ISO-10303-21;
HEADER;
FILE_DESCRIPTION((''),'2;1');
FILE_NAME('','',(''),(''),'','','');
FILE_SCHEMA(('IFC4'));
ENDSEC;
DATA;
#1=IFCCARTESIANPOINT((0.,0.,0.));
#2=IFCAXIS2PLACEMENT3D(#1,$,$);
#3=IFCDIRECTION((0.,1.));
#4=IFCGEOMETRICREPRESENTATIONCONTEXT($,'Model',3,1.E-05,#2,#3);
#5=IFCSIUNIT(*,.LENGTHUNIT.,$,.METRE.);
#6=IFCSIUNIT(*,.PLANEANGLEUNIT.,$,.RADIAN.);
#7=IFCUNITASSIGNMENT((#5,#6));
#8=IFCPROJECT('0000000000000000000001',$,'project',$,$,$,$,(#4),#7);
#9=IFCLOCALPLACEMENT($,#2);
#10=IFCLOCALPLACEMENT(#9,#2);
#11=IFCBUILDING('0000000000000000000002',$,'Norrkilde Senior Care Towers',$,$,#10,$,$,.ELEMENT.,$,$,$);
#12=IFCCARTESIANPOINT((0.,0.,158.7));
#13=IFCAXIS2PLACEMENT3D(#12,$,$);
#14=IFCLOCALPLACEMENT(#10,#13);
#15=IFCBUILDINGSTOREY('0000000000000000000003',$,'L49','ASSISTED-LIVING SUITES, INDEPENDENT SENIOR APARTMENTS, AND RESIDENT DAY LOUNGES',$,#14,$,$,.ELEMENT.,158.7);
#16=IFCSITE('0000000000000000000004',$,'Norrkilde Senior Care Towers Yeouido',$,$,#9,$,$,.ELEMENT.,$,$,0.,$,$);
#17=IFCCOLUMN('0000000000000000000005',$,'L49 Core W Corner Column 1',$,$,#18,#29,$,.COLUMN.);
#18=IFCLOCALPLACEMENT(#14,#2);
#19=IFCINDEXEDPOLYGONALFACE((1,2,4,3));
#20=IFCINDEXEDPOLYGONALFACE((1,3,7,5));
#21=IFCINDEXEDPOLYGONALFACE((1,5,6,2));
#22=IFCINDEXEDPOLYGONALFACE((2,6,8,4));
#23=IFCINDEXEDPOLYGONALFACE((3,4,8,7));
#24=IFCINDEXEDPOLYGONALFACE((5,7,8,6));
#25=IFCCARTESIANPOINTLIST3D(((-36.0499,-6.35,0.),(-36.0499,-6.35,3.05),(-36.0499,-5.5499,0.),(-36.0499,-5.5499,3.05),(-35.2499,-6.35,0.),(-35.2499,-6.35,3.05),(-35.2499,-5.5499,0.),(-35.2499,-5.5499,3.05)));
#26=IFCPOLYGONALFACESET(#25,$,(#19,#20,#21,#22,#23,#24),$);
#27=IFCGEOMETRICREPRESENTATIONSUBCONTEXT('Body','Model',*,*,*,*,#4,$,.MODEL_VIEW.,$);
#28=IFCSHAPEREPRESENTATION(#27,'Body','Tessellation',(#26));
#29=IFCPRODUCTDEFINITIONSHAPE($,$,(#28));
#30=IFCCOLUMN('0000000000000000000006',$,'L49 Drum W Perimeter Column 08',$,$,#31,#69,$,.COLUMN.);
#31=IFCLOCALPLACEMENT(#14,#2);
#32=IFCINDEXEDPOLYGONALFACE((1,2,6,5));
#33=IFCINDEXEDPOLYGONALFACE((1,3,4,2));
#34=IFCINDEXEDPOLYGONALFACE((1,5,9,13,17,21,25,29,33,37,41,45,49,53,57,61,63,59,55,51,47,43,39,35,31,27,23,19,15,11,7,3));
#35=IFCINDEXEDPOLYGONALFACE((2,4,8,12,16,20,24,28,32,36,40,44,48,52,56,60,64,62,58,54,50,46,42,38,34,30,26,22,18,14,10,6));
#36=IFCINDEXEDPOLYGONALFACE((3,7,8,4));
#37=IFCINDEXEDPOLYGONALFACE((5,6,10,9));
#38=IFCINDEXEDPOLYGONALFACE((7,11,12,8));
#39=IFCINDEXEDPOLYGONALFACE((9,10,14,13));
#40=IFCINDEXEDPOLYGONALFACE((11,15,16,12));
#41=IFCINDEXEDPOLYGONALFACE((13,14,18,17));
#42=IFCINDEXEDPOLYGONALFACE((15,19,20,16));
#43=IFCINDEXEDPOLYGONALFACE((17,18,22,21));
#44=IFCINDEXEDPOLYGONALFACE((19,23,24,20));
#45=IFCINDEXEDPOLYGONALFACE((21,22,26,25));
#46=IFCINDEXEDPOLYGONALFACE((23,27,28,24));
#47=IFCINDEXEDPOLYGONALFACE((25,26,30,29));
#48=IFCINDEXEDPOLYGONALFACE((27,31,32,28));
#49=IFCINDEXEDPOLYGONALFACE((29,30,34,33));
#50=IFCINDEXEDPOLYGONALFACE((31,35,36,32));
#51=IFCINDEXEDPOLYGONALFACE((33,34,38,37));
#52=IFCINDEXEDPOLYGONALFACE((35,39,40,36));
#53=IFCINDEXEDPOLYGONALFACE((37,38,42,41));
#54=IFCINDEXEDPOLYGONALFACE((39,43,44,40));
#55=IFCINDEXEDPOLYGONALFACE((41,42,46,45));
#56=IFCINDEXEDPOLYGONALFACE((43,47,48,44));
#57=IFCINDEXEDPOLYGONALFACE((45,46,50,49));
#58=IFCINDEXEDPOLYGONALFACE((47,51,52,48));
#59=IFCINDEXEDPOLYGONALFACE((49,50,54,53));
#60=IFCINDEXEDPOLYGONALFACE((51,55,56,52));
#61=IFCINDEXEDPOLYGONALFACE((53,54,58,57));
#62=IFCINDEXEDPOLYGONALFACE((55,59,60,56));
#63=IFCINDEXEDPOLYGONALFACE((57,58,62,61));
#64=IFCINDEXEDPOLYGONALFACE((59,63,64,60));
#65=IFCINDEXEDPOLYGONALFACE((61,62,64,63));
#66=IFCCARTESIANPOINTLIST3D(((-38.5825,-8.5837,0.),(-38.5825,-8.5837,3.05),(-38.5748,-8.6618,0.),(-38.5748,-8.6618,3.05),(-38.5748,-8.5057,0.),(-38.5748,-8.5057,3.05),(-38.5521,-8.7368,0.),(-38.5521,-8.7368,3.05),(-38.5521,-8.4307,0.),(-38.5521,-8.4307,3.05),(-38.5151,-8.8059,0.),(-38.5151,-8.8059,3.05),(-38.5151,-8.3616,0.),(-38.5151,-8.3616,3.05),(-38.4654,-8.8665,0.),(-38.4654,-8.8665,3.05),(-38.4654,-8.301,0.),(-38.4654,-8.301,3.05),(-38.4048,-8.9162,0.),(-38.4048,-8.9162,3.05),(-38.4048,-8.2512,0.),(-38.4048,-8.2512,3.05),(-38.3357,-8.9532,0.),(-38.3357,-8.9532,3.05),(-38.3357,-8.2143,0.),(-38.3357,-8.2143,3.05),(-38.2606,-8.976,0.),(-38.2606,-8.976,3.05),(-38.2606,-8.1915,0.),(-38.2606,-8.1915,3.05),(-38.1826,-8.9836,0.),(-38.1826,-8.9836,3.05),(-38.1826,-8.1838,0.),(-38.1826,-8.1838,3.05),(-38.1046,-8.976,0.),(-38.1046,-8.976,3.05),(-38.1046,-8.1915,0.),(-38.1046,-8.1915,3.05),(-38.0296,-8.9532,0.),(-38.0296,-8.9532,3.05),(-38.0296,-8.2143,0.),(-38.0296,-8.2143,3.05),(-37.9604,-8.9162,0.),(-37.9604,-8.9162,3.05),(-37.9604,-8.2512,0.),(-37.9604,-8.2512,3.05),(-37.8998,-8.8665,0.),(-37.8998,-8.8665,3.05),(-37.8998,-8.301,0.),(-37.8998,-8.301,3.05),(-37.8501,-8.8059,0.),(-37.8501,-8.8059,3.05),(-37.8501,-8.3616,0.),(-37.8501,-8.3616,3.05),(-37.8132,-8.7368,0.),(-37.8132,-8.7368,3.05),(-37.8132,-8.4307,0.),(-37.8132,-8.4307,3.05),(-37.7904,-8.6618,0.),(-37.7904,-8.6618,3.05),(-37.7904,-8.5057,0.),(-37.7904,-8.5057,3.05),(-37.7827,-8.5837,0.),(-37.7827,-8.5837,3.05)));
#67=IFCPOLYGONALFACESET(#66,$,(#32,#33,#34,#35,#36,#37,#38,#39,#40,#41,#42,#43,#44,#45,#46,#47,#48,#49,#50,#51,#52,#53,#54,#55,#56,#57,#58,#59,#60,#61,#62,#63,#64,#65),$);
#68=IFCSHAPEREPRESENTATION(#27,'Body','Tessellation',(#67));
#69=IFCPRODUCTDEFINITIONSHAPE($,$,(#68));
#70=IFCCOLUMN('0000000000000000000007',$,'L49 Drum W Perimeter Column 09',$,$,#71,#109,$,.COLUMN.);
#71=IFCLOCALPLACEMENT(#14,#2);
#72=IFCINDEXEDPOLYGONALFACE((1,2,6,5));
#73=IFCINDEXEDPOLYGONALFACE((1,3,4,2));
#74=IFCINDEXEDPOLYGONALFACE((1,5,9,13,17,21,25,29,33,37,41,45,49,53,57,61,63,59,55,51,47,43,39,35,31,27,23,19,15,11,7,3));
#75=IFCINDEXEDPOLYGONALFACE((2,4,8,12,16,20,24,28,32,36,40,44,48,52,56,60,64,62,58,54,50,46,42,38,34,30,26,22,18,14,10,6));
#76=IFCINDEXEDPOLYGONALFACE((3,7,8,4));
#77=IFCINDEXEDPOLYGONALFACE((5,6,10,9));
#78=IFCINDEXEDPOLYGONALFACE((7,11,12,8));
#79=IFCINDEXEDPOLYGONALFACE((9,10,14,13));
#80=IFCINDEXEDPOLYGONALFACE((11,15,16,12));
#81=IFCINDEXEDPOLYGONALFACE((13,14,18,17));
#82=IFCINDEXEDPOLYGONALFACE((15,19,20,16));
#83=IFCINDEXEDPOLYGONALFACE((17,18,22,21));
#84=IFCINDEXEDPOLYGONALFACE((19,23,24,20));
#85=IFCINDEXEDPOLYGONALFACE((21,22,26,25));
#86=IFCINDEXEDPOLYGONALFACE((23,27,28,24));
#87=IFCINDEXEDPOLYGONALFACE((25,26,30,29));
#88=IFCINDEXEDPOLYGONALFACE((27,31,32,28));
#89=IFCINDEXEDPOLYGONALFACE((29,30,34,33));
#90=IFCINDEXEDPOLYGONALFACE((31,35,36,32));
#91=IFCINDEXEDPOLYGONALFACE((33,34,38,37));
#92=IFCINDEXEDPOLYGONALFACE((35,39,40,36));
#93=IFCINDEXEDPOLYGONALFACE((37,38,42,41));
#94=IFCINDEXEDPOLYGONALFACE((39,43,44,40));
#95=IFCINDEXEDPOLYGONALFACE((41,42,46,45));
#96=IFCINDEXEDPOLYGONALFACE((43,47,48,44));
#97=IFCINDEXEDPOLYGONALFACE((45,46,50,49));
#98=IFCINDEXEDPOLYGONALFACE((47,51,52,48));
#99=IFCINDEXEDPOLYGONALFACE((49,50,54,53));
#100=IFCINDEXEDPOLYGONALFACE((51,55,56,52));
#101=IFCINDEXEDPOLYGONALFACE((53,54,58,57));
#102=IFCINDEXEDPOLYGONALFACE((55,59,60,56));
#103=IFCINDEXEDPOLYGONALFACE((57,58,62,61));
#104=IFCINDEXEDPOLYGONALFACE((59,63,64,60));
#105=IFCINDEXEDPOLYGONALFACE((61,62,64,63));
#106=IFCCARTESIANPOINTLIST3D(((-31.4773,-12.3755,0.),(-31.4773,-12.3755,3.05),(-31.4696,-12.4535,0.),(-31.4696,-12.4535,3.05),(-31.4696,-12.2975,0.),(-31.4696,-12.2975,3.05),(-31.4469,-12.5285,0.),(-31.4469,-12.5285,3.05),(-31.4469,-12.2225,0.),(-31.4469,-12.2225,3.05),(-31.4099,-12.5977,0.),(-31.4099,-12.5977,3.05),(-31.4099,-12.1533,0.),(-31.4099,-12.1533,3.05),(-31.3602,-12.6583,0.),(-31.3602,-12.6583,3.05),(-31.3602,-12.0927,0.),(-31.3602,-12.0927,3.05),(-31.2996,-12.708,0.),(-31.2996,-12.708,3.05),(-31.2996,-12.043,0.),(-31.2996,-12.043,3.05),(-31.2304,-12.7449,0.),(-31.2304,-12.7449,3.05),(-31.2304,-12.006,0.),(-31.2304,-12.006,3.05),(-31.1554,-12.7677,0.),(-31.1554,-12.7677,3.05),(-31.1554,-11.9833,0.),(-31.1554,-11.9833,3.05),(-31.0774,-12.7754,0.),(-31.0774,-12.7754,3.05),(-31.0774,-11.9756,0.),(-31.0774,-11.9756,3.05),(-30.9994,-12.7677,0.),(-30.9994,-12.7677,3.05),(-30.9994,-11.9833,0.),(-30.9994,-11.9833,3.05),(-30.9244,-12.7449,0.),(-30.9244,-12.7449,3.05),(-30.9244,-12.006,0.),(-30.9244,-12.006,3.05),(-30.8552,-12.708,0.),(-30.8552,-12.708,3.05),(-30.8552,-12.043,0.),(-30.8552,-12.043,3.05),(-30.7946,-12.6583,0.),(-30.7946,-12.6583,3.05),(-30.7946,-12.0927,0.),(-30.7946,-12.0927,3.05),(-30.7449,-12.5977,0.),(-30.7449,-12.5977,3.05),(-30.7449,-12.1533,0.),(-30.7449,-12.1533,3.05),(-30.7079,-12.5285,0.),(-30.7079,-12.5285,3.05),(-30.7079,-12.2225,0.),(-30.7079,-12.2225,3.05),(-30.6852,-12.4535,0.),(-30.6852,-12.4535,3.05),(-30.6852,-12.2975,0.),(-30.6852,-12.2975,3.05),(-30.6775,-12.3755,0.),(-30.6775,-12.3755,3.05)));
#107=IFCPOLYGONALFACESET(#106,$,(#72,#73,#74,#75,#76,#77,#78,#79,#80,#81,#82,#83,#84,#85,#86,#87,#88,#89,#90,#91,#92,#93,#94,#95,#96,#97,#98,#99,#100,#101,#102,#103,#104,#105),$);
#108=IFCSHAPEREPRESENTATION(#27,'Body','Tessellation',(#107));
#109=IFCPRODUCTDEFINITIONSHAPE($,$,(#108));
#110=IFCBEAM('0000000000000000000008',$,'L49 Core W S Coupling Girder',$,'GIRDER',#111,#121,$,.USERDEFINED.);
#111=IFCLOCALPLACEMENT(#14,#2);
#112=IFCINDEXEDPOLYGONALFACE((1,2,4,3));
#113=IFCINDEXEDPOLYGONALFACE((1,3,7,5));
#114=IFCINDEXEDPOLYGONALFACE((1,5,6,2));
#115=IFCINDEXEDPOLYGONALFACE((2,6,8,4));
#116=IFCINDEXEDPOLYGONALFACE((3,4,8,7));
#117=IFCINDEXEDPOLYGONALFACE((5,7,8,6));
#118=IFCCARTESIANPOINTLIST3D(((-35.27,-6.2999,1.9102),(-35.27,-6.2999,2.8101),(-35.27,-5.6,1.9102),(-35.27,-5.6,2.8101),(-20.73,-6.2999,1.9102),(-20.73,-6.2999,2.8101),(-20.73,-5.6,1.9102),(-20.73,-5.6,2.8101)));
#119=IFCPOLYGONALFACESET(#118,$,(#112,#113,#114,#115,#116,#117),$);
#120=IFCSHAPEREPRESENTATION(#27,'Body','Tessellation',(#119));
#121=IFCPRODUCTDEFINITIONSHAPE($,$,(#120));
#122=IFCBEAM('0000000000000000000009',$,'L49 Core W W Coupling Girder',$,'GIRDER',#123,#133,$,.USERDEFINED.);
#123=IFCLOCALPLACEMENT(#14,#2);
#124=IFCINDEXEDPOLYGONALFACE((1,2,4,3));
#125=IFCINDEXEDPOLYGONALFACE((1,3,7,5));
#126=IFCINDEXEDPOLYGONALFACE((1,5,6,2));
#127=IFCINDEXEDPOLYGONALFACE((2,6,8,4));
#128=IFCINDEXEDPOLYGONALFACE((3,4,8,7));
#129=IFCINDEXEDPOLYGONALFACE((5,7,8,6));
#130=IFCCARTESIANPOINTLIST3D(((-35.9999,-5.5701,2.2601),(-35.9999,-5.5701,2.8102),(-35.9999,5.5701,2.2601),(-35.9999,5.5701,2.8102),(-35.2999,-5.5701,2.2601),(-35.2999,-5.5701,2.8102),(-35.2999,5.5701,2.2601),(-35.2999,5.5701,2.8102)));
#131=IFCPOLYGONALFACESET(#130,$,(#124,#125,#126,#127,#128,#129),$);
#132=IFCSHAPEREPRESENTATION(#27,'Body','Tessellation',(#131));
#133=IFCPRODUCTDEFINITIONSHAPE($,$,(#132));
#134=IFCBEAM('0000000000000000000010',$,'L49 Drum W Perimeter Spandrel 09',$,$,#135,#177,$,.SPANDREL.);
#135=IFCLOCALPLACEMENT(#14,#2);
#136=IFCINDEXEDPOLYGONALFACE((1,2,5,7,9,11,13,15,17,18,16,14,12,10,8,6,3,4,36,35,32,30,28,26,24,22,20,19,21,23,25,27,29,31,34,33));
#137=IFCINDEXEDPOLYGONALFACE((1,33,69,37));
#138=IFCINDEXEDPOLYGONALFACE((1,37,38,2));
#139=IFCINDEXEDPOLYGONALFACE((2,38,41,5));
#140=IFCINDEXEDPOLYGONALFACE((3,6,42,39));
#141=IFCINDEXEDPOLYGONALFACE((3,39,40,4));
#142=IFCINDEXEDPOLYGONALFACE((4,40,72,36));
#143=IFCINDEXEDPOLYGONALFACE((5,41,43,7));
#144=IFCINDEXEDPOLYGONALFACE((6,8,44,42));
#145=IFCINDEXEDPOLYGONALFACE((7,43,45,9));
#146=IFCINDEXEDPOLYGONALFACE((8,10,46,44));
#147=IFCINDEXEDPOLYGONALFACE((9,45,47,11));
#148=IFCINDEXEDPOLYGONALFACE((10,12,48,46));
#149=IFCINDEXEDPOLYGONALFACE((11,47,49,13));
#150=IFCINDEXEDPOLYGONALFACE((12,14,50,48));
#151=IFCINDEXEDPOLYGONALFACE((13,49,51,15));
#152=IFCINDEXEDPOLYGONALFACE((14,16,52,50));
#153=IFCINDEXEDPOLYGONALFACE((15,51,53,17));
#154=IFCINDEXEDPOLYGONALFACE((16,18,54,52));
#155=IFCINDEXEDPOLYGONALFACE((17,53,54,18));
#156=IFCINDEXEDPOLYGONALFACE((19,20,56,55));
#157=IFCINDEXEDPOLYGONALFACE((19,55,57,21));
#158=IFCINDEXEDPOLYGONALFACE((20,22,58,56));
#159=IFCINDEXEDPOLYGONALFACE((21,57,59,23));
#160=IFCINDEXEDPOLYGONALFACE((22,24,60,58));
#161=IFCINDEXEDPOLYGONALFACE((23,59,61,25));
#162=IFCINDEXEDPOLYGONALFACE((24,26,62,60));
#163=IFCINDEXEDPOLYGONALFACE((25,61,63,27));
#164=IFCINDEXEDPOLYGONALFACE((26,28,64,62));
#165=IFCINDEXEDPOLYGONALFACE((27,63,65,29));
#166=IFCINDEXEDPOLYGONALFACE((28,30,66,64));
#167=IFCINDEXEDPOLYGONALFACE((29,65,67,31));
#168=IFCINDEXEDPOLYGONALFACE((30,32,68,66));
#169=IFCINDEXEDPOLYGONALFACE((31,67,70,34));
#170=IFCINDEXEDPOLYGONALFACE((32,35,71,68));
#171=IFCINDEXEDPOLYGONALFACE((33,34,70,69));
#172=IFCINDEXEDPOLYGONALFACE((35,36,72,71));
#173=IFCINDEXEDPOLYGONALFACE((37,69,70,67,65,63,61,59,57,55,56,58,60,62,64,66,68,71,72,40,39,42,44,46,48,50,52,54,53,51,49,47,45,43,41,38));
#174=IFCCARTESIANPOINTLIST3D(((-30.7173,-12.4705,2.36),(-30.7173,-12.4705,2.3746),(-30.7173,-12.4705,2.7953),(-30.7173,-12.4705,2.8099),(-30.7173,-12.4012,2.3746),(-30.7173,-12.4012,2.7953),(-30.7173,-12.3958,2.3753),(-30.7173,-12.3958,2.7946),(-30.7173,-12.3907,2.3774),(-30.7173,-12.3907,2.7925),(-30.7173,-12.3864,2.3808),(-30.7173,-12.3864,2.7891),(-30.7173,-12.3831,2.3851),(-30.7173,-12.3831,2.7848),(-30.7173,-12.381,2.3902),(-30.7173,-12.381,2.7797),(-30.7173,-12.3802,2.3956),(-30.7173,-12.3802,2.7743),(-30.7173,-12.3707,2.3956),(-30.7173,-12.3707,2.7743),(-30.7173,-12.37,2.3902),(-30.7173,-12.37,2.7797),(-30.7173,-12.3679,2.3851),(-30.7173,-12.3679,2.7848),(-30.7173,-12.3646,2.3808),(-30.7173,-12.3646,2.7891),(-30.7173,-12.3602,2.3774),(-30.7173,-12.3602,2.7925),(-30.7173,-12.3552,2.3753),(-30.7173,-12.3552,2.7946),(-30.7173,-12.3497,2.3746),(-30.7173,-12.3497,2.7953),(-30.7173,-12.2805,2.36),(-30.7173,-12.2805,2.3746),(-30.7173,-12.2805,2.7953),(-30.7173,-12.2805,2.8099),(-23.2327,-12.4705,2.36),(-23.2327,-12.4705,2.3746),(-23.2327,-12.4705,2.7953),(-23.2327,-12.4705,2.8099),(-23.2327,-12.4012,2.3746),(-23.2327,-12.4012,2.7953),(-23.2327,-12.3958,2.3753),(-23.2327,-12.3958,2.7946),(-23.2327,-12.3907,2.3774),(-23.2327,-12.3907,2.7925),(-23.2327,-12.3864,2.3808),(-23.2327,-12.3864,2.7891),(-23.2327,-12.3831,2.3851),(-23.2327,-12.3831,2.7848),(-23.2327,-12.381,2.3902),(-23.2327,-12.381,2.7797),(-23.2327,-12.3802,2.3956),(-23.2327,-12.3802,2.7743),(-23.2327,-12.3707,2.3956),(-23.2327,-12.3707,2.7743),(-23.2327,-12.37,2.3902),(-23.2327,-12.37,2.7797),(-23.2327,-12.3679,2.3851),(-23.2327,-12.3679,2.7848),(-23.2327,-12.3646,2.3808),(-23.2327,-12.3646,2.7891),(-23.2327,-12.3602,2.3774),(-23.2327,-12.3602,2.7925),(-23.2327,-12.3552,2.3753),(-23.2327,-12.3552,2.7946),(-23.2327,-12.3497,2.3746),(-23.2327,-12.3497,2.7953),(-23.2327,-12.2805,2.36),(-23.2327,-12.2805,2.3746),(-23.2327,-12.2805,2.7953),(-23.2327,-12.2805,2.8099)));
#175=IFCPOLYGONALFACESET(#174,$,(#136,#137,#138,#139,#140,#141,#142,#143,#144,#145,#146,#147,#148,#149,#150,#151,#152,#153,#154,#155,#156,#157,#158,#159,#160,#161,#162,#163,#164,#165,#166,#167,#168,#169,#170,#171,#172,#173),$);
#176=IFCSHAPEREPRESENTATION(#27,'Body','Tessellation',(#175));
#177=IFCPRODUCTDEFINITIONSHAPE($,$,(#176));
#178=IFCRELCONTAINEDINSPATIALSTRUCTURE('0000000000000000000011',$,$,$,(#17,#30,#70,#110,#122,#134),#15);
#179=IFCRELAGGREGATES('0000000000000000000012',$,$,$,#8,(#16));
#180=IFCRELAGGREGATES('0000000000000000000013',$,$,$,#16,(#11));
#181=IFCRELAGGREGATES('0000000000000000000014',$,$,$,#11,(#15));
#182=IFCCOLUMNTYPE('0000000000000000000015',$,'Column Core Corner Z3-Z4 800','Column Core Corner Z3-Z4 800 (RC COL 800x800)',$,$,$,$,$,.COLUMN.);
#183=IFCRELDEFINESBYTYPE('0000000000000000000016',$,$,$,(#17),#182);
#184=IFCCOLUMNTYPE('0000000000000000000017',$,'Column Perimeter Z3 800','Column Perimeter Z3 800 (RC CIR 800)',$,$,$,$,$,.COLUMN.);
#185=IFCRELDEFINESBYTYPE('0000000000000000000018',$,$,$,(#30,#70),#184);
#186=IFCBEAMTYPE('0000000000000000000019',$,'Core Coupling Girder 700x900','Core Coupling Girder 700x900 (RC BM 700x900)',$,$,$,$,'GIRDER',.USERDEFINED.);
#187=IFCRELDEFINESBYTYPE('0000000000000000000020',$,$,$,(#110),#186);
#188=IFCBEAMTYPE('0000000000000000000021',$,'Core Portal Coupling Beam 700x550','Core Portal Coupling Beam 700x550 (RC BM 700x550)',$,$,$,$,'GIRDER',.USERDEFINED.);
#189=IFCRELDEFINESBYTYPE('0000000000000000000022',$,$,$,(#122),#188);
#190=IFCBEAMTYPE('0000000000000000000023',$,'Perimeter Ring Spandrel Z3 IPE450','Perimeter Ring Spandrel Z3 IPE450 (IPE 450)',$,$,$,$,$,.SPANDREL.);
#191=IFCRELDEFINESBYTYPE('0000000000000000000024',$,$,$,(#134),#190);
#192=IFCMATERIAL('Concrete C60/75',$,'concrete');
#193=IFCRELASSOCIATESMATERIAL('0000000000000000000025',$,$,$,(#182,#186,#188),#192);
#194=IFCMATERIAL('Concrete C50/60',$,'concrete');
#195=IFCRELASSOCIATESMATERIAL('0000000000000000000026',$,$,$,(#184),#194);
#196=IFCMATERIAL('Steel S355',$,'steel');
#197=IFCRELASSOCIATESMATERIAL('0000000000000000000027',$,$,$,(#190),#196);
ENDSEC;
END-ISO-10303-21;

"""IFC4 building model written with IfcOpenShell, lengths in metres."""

from ifc_helpers import new_model, si_unit, direction, frame, origin, origin_2d, place, context, subcontext, project, spatial, rectangle, circle, i_section, extrude, source, transform, mapped, material, material_profile, profile_set, type_object, type_shapes, element, save


model = new_model("IFC4")

# Units and contexts
model_context = context("Model", 3, precision=1e-05, world=origin(), true_north=direction((0.0, 1.0)))
body_context = subcontext(model_context, "Body", "Model", "MODEL_VIEW")
ifc_project = project(units=[si_unit("LENGTHUNIT", "METRE"), si_unit("PLANEANGLEUNIT", "RADIAN")], contexts=[model_context])

# Site, building, storey
site_placement = place(None, origin())
site = spatial("IfcSite", under=ifc_project, at=site_placement, Name="Norrkilde Senior Care Towers Yeouido", CompositionType="ELEMENT", RefElevation=0.0)
building_placement = place(site_placement, origin())
building = spatial("IfcBuilding", under=site, at=building_placement, Name="Norrkilde Senior Care Towers", CompositionType="ELEMENT")
storey_placement = place(building_placement, frame((0.0, 0.0, 158.7)))
storey = spatial("IfcBuildingStorey", under=building, at=storey_placement, Name="L49", Description="ASSISTED-LIVING SUITES, INDEPENDENT SENIOR APARTMENTS, AND RESIDENT DAY LOUNGES", CompositionType="ELEMENT", Elevation=158.7)

# Columns
ifc_material_1 = material(Name="Concrete C60/75", Category="concrete")
ifc_material_profile_1 = material_profile(ifc_material_1, rectangle(XDim=0.8, YDim=0.8, at=origin_2d()), Name="RC COL 800x800")
ifc_profile_set_1 = profile_set([ifc_material_profile_1], Name="Concrete C60/75")
column_type_1 = type_object("IfcColumnType", Name="Column Core Corner Z3-Z4 800", Description="Column Core Corner Z3-Z4 800 (RC COL 800x800)", PredefinedType="COLUMN", material=ifc_profile_set_1)
shared_shape_1 = source(origin(), body_context, "Body", "SweptSolid", [
    extrude(rectangle(XDim=0.8, YDim=0.8, at=origin_2d()), origin(), (0.0, 0.0, 1.0), 3.05),
])
type_shapes(column_type_1, [shared_shape_1])
column_placement = place(storey_placement, frame((-35.6499, -5.95, 0.0), z_axis=(0.0, 0.0, 1.0), x_axis=(1.0, 0.0, 0.0)))
element("IfcColumn", 1, at=column_placement, inside=storey, type_object=column_type_1, Name="L49 Core W Corner Column 1", PredefinedType="COLUMN", context=body_context, shape_type="MappedRepresentation", body=[
    mapped(shared_shape_1, transform((0.0, 0.0, 0.0), x_axis=(1.0, 0.0, 0.0), y_axis=(0.0, 1.0, 0.0), z_axis=(0.0, 0.0, 1.0), scale=1.0)),
])
ifc_material_2 = material(Name="Concrete C50/60", Category="concrete")
ifc_material_profile_2 = material_profile(ifc_material_2, circle(Radius=0.3999, at=origin_2d()), Name="RC CIR 800")
ifc_profile_set_2 = profile_set([ifc_material_profile_2], Name="Concrete C50/60")
column_type_2 = type_object("IfcColumnType", Name="Column Perimeter Z3 800", Description="Column Perimeter Z3 800 (RC CIR 800)", PredefinedType="COLUMN", material=ifc_profile_set_2)
shared_shape_2 = source(origin(), body_context, "Body", "SweptSolid", [
    extrude(circle(Radius=0.3999, at=origin_2d()), origin(), (0.0, 0.0, 1.0), 3.05),
])
type_shapes(column_type_2, [shared_shape_2])
for number, where, z_axis, x_axis, name in (
    (2, (-38.1826, -8.5837, 0.0), (0.0, 0.0, 1.0), (1.0, 0.0, 0.0), "L49 Drum W Perimeter Column 08"),
    (3, (-31.0774, -12.3755, 0.0), (0.0, 0.0, 1.0), (1.0, 0.0, 0.0), "L49 Drum W Perimeter Column 09"),
):
    element("IfcColumn", number, at=place(storey_placement, frame(where, z_axis=z_axis, x_axis=x_axis)), inside=storey, type_object=column_type_2, Name=name, PredefinedType="COLUMN", context=body_context, shape_type="MappedRepresentation", body=[
        mapped(shared_shape_2, transform((0.0, 0.0, 0.0), x_axis=(1.0, 0.0, 0.0), y_axis=(0.0, 1.0, 0.0), z_axis=(0.0, 0.0, 1.0), scale=1.0)),
    ])

# Beams
ifc_material_profile_3 = material_profile(ifc_material_1, rectangle(XDim=0.7, YDim=0.8999, at=origin_2d()), Name="RC BM 700x900")
ifc_profile_set_3 = profile_set([ifc_material_profile_3], Name="Concrete C60/75")
beam_type_1 = type_object("IfcBeamType", Name="Core Coupling Girder 700x900", Description="Core Coupling Girder 700x900 (RC BM 700x900)", ElementType="GIRDER", PredefinedType="USERDEFINED", material=ifc_profile_set_3)
shared_shape_3 = source(origin(), body_context, "Body", "SweptSolid", [
    extrude(rectangle(XDim=0.7, YDim=0.8999, at=origin_2d()), origin(), (0.0, 0.0, 1.0), 14.54),
])
type_shapes(beam_type_1, [shared_shape_3])
beam_1_placement = place(storey_placement, frame((-35.27, -5.95, 2.3601), z_axis=(1.0, 0.0, 0.0), x_axis=(0.0, 1.0, 0.0)))
element("IfcBeam", 4, at=beam_1_placement, inside=storey, type_object=beam_type_1, Name="L49 Core W S Coupling Girder", ObjectType="GIRDER", PredefinedType="USERDEFINED", context=body_context, shape_type="MappedRepresentation", body=[
    mapped(shared_shape_3, transform((0.0, 0.0, 0.0), x_axis=(1.0, 0.0, 0.0), y_axis=(0.0, 1.0, 0.0), z_axis=(0.0, 0.0, 1.0), scale=1.0)),
])
ifc_material_profile_4 = material_profile(ifc_material_1, rectangle(XDim=0.7, YDim=0.55, at=origin_2d()), Name="RC BM 700x550")
ifc_profile_set_4 = profile_set([ifc_material_profile_4], Name="Concrete C60/75")
beam_type_2 = type_object("IfcBeamType", Name="Core Portal Coupling Beam 700x550", Description="Core Portal Coupling Beam 700x550 (RC BM 700x550)", ElementType="GIRDER", PredefinedType="USERDEFINED", material=ifc_profile_set_4)
shared_shape_4 = source(origin(), body_context, "Body", "SweptSolid", [
    extrude(rectangle(XDim=0.7, YDim=0.55, at=origin_2d()), origin(), (0.0, 0.0, 1.0), 11.1401),
])
type_shapes(beam_type_2, [shared_shape_4])
beam_2_placement = place(storey_placement, frame((-35.6499, -5.5701, 2.5352), z_axis=(0.0, 1.0, 0.0), x_axis=(-1.0, 0.0, 0.0)))
element("IfcBeam", 5, at=beam_2_placement, inside=storey, type_object=beam_type_2, Name="L49 Core W W Coupling Girder", ObjectType="GIRDER", PredefinedType="USERDEFINED", context=body_context, shape_type="MappedRepresentation", body=[
    mapped(shared_shape_4, transform((0.0, 0.0, 0.0), x_axis=(1.0, 0.0, 0.0), y_axis=(0.0, 1.0, 0.0), z_axis=(0.0, 0.0, 1.0), scale=1.0)),
])
ifc_material_3 = material(Name="Steel S355", Category="steel")
ifc_material_profile_5 = material_profile(ifc_material_3, i_section(OverallWidth=0.1899, OverallDepth=0.45, WebThickness=0.0095, FlangeThickness=0.0146, FilletRadius=0.021, at=origin_2d()), Name="IPE 450")
ifc_profile_set_5 = profile_set([ifc_material_profile_5], Name="Steel S355")
beam_type_3 = type_object("IfcBeamType", Name="Perimeter Ring Spandrel Z3 IPE450", Description="Perimeter Ring Spandrel Z3 IPE450 (IPE 450)", PredefinedType="SPANDREL", material=ifc_profile_set_5)
shared_shape_5 = source(origin(), body_context, "Body", "SweptSolid", [
    extrude(i_section(OverallWidth=0.1899, OverallDepth=0.45, WebThickness=0.0095, FlangeThickness=0.0146, FilletRadius=0.021, at=origin_2d()), origin(), (0.0, 0.0, 1.0), 7.4846),
])
beam_3_placement = place(storey_placement, frame((-30.7173, -12.3755, 2.585), z_axis=(1.0, 0.0, 0.0), x_axis=(0.0, 1.0, 0.0)))
element("IfcBeam", 6, at=beam_3_placement, inside=storey, type_object=beam_type_3, Name="L49 Drum W Perimeter Spandrel 09", PredefinedType="SPANDREL", context=body_context, shape_type="MappedRepresentation", body=[
    mapped(shared_shape_5, transform((0.0, 0.0, 0.0), x_axis=(1.0, 0.0, 0.0), y_axis=(0.0, 1.0, 0.0), z_axis=(0.0, 0.0, 1.0), scale=1.0)),
])

save(model, "model.ifc")
